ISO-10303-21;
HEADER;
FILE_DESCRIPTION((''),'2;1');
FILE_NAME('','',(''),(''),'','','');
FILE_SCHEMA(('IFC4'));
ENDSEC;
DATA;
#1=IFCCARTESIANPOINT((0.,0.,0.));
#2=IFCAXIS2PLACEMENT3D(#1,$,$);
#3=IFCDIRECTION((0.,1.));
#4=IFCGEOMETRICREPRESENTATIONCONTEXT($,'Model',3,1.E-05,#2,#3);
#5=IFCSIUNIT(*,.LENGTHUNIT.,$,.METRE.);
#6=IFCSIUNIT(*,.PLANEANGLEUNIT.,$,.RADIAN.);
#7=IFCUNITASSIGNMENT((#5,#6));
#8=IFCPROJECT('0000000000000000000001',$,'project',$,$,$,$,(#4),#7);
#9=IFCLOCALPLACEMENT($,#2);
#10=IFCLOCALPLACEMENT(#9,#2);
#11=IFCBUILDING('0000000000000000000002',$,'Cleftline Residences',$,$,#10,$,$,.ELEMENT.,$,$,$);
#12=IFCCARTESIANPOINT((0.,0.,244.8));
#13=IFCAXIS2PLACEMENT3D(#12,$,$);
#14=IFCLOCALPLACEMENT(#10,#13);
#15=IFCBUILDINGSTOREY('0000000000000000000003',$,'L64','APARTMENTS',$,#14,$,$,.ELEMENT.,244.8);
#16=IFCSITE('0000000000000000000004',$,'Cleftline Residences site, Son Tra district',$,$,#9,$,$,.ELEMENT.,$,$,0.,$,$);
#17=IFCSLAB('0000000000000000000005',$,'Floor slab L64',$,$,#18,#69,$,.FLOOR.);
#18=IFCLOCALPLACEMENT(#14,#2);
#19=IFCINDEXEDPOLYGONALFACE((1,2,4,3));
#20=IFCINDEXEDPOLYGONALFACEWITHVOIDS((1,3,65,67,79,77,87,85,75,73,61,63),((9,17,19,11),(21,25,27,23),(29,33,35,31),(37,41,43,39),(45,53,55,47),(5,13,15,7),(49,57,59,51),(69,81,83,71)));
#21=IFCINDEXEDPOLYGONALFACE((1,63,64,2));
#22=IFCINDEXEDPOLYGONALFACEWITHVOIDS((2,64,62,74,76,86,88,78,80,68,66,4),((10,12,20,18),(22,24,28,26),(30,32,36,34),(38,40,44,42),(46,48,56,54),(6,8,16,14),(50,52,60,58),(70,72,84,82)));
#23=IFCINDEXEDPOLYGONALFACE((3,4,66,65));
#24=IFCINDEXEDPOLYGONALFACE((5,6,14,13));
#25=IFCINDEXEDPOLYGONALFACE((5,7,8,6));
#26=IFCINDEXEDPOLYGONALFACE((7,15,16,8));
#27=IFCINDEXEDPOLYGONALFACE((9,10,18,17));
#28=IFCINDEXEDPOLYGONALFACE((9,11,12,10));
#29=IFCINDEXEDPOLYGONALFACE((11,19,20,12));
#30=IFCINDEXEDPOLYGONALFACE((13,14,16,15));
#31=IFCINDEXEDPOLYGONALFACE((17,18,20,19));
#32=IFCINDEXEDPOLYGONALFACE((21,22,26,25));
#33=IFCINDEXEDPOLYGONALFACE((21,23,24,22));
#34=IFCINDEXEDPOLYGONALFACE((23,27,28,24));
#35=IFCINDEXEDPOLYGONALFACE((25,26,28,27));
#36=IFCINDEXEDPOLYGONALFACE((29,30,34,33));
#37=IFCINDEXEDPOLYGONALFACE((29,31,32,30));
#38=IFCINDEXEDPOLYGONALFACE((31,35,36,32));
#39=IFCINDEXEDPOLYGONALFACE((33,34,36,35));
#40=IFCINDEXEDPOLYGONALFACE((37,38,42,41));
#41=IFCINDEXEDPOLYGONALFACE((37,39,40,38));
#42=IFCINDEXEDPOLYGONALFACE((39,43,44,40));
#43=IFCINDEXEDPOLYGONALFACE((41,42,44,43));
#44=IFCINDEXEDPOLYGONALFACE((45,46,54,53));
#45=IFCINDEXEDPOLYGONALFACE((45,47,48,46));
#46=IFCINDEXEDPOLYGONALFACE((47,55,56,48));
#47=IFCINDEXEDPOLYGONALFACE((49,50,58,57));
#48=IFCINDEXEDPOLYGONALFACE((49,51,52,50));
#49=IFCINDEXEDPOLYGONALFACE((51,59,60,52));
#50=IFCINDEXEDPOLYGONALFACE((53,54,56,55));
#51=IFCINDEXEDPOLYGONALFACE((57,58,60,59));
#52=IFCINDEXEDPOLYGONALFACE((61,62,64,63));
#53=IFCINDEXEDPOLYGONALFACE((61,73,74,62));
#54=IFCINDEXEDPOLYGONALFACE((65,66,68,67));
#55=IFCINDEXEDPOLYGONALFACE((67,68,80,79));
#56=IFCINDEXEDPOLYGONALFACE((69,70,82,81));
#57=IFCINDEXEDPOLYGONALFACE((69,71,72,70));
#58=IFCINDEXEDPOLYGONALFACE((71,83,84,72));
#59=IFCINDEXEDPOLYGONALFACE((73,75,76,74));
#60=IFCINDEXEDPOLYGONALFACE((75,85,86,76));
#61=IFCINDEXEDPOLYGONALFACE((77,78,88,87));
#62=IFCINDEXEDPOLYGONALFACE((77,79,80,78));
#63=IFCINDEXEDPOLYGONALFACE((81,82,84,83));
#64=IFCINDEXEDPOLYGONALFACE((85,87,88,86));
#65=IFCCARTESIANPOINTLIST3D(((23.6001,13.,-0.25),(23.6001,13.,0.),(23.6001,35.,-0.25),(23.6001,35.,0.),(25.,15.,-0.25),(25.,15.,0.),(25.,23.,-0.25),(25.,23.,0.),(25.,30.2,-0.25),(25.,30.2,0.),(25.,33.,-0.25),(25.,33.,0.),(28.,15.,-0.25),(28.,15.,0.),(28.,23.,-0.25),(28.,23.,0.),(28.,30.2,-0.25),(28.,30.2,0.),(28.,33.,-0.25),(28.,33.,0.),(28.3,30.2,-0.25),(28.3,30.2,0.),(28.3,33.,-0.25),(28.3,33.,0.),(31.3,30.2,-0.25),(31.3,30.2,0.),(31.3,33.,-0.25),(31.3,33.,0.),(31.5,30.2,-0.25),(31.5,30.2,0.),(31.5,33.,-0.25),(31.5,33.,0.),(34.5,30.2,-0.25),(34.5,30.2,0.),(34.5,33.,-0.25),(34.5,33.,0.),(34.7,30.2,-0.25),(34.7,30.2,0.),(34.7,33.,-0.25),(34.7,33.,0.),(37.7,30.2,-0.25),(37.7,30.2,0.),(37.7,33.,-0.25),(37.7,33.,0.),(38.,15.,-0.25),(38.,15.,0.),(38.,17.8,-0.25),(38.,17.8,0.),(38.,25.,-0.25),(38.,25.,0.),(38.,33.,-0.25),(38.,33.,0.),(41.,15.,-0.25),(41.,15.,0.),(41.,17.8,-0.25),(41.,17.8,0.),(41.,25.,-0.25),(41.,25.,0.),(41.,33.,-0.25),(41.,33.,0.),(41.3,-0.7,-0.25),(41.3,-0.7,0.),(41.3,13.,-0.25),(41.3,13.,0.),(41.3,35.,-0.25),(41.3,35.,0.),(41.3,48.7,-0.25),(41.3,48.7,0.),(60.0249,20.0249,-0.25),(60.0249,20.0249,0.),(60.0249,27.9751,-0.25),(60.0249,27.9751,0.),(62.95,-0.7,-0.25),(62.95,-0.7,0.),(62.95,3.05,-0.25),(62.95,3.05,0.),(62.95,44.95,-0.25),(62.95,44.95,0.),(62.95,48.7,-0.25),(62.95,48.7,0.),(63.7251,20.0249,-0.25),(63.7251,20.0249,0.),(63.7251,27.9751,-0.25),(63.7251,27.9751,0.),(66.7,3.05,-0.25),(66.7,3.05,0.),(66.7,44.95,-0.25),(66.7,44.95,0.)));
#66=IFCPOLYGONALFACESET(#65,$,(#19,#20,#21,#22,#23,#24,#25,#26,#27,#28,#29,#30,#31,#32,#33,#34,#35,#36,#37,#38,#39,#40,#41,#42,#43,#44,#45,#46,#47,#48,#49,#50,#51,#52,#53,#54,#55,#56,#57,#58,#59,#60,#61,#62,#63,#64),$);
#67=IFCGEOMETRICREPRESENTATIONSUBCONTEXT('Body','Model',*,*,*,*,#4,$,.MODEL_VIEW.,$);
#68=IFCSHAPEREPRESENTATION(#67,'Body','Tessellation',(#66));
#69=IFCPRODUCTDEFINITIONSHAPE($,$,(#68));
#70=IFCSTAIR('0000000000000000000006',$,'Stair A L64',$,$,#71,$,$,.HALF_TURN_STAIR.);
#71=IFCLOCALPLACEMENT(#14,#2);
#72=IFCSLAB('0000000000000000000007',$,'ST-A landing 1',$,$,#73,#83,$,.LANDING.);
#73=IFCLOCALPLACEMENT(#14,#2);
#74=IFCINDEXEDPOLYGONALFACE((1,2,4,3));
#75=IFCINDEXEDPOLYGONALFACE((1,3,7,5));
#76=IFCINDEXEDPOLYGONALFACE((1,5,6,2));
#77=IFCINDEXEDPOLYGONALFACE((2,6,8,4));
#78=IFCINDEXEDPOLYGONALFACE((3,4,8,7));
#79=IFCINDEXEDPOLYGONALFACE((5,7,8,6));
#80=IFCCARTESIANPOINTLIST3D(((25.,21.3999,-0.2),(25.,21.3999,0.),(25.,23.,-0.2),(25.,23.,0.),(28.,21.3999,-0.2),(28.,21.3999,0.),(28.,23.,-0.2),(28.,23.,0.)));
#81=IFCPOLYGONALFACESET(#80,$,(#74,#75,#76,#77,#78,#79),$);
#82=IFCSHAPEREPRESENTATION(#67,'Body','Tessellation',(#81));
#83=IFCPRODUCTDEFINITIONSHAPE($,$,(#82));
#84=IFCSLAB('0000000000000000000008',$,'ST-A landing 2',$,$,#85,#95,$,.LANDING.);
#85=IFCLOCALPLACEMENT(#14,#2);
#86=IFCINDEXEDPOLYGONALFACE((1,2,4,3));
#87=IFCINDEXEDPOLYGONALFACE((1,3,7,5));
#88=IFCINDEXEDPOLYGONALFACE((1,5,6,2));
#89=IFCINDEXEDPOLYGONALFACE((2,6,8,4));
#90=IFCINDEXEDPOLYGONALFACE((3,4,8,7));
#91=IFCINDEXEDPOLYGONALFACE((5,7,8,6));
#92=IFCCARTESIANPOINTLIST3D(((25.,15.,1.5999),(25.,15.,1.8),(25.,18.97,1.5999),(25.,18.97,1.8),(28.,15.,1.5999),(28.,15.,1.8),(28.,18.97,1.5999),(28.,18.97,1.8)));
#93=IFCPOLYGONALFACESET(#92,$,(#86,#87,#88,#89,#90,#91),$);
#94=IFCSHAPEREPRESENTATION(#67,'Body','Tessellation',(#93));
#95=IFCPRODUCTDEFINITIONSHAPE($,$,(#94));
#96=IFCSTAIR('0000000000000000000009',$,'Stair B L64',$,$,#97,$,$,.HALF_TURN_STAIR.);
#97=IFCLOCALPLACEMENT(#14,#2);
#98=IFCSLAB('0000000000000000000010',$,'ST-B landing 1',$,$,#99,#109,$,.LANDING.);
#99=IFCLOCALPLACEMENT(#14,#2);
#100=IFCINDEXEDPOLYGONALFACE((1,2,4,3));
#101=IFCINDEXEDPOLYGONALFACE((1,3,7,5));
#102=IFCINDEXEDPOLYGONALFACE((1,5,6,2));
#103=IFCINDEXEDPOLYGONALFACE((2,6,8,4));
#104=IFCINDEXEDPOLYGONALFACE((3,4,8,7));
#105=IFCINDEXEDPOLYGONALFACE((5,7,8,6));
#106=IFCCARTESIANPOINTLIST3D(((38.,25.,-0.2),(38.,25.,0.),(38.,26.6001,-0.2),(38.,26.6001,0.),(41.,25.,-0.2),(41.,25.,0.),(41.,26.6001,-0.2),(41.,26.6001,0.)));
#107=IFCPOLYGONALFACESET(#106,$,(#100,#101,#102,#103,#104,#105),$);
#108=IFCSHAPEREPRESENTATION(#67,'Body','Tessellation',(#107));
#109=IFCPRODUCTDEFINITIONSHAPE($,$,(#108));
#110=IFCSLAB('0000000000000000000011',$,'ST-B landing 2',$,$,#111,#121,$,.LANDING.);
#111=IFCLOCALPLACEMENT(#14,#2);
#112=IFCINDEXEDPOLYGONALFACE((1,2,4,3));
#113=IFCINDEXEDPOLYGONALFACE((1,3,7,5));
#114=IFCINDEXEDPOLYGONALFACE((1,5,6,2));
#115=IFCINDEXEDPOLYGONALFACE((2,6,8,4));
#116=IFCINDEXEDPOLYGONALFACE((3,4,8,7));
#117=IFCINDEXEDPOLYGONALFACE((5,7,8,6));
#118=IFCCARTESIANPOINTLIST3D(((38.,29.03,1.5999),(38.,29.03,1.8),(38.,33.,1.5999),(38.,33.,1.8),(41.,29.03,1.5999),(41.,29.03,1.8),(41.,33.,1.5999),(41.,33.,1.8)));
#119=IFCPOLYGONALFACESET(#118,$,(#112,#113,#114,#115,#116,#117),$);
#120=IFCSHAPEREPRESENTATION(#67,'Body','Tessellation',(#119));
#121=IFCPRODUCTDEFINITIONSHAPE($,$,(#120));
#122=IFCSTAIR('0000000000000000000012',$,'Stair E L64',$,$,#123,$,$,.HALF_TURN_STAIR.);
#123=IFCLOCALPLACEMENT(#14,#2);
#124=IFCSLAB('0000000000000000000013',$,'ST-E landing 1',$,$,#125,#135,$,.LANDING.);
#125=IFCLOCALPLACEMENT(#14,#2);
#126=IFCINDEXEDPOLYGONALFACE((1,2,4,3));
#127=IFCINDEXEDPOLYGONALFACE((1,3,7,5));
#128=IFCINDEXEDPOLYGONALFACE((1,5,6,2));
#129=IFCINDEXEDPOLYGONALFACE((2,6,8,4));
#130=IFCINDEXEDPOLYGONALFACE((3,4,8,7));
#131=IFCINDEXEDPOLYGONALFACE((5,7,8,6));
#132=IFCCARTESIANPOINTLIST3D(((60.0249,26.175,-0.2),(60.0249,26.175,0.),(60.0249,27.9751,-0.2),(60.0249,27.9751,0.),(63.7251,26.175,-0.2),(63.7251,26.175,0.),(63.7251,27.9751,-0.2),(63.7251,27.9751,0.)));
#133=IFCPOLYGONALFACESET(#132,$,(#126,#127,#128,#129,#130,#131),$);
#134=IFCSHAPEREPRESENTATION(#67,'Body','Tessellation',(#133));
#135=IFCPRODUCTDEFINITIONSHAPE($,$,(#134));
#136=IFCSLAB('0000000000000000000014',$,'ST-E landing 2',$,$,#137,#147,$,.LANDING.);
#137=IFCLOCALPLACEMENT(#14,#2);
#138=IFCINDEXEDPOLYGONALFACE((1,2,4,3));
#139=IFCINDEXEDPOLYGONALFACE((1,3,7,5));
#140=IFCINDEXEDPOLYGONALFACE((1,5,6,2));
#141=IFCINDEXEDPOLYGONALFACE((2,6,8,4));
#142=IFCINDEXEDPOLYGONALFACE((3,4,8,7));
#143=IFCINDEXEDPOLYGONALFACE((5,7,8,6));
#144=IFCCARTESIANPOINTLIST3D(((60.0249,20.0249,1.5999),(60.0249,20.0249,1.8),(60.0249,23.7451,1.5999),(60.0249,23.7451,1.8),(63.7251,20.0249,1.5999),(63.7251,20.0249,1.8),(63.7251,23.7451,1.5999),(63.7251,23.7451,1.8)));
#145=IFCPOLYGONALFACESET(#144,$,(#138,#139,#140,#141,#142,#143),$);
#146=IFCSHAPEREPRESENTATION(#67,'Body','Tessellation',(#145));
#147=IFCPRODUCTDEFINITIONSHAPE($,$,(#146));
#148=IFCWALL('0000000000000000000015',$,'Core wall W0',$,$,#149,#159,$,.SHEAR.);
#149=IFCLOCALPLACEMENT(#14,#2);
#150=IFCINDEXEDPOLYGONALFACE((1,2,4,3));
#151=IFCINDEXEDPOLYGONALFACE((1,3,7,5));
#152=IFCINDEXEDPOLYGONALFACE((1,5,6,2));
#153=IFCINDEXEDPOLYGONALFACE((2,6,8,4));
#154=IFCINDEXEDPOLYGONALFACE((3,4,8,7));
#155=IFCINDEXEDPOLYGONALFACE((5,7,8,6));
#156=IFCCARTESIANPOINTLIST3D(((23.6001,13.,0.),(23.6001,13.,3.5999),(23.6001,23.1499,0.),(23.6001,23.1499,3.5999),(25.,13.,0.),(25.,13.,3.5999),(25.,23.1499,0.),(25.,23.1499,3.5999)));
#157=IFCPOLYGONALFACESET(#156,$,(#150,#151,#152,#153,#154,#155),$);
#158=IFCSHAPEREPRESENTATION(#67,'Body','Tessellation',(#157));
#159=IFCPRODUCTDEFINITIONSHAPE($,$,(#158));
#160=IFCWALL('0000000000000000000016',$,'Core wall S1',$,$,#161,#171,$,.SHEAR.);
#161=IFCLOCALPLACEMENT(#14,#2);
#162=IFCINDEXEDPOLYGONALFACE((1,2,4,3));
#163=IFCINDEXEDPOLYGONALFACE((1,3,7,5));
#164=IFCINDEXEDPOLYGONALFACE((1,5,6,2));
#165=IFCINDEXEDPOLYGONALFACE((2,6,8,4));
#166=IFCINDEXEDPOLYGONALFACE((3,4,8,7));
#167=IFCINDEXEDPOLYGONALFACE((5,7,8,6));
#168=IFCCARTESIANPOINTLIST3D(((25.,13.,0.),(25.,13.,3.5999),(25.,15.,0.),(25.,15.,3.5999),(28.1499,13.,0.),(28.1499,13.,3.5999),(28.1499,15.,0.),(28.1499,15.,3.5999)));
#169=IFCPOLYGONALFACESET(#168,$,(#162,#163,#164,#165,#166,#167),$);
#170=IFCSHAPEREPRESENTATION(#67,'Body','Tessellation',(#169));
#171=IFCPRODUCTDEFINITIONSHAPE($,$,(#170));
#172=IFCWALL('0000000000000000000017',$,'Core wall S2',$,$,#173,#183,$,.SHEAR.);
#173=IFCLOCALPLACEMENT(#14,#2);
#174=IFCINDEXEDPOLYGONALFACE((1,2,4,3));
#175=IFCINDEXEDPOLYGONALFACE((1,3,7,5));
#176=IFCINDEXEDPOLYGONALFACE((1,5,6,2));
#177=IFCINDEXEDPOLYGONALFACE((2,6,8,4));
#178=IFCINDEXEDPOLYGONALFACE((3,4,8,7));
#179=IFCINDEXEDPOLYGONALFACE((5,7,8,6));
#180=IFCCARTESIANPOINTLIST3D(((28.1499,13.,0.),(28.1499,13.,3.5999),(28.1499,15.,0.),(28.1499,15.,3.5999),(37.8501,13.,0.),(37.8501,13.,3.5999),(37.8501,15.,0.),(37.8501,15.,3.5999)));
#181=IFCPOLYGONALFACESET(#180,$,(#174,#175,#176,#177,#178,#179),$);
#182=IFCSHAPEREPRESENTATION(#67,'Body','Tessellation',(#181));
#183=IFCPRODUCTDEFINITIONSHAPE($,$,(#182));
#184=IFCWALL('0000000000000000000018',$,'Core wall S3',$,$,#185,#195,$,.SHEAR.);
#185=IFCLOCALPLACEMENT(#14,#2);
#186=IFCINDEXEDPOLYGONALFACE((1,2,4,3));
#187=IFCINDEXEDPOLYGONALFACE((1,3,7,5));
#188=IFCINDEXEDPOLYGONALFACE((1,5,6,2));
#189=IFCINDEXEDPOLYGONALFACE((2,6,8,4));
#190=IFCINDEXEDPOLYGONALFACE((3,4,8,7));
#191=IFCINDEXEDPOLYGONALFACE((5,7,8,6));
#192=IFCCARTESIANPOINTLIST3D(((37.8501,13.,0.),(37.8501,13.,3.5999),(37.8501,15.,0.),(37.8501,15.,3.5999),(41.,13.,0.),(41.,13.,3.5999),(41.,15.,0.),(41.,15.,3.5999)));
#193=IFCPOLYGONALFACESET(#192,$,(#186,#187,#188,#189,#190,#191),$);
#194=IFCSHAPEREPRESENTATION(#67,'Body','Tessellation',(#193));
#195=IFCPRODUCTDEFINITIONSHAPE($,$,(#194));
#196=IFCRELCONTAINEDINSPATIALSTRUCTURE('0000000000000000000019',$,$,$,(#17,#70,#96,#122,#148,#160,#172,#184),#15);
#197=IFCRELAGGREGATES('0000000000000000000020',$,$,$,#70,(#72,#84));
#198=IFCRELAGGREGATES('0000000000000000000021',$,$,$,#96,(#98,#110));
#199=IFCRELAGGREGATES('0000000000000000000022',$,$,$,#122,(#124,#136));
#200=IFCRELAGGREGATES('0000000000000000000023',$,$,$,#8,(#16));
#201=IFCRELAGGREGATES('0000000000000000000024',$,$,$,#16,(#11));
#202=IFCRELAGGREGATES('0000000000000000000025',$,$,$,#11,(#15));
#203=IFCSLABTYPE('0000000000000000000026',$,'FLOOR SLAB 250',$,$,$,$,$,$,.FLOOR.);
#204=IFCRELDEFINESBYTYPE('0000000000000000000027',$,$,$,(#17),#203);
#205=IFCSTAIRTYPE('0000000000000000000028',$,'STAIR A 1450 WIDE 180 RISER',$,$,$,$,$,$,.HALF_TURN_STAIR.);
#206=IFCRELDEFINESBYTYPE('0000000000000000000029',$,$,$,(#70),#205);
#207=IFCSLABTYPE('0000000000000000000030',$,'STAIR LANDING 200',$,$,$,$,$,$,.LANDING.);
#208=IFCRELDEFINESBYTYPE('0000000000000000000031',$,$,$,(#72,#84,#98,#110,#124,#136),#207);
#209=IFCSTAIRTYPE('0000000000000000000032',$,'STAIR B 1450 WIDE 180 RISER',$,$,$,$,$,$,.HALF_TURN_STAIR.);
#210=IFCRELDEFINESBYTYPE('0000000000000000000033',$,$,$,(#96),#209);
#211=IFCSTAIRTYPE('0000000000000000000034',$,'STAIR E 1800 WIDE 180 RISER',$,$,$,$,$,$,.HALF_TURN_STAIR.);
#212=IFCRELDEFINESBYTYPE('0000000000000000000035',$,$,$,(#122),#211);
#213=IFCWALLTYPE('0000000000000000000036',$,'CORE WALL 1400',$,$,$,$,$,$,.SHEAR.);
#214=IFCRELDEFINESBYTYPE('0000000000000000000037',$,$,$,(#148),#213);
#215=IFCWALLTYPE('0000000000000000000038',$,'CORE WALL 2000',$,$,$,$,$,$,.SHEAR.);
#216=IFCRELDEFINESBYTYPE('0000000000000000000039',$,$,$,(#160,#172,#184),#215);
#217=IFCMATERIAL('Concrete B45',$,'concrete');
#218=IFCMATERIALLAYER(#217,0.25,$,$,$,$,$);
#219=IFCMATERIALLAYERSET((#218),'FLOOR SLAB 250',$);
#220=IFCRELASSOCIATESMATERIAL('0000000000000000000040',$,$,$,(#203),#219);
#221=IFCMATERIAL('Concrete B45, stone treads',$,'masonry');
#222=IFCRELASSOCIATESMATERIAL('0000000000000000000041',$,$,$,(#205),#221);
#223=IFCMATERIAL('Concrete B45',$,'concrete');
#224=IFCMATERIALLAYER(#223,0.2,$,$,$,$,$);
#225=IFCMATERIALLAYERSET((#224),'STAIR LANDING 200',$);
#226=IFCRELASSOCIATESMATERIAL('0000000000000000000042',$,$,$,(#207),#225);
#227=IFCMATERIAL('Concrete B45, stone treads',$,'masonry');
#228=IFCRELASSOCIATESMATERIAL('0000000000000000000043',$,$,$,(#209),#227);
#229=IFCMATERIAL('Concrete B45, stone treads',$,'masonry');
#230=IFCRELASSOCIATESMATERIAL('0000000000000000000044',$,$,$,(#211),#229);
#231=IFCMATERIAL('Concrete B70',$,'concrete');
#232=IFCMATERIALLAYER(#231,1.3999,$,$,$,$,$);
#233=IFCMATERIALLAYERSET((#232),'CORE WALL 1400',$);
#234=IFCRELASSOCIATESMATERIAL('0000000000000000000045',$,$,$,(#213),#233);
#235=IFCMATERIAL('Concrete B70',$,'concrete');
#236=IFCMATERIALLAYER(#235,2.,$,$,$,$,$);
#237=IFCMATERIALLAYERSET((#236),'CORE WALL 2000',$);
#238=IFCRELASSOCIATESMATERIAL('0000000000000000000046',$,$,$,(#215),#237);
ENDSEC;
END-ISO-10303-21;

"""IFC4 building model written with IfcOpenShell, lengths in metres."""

from ifc_helpers import new_model, si_unit, direction, frame, frame_2d, origin, place, context, subcontext, project, spatial, polyline, rectangle, outline, extrude, material, layer, layer_set, type_object, element, aggregate, save


model = new_model("IFC4")

# Units and contexts
model_context = context("Model", 3, precision=1e-05, world=origin(), true_north=direction((0.0, 1.0)))
body_context = subcontext(model_context, "Body", "Model", "MODEL_VIEW")
ifc_project = project(units=[si_unit("LENGTHUNIT", "METRE"), si_unit("PLANEANGLEUNIT", "RADIAN")], contexts=[model_context])

# Site, building, storey
site_placement = place(None, origin())
site = spatial("IfcSite", under=ifc_project, at=site_placement, Name="Cleftline Residences site, Son Tra district", CompositionType="ELEMENT", RefElevation=0.0)
building_placement = place(site_placement, origin())
building = spatial("IfcBuilding", under=site, at=building_placement, Name="Cleftline Residences", CompositionType="ELEMENT")
storey_placement = place(building_placement, frame((0.0, 0.0, 244.8)))
storey = spatial("IfcBuildingStorey", under=building, at=storey_placement, Name="L64", Description="APARTMENTS", CompositionType="ELEMENT", Elevation=244.8)

# Slab
ifc_material_1 = material(Name="Concrete B45", Category="concrete")
ifc_layer_1 = layer(ifc_material_1, 0.25)
ifc_layer_set_1 = layer_set([ifc_layer_1], Name="FLOOR SLAB 250")
slab_type_1 = type_object("IfcSlabType", Name="FLOOR SLAB 250", PredefinedType="FLOOR", material=ifc_layer_set_1)
slab_1_placement = place(storey_placement, frame((0.0, 0.0, -0.25)))
element("IfcSlab", 1, at=slab_1_placement, inside=storey, type_object=slab_type_1, Name="Floor slab L64", PredefinedType="FLOOR", context=body_context, shape_type="SweptSolid", body=[
    extrude(outline(polyline([(41.3, 13.0), (41.3, -0.7), (62.95, -0.7), (62.95, 3.05), (66.7, 3.05), (66.7, 44.95), (62.95, 44.95), (62.95, 48.7), (41.3, 48.7), (41.3, 35.0), (23.6001, 35.0), (23.6001, 13.0), (41.3, 13.0)]), holes=[polyline([(28.0, 15.0), (28.0, 23.0), (25.0, 23.0), (25.0, 15.0), (28.0, 15.0)]), polyline([(41.0, 25.0), (41.0, 33.0), (38.0, 33.0), (38.0, 25.0), (41.0, 25.0)]), polyline([(28.0, 30.2), (28.0, 33.0), (25.0, 33.0), (25.0, 30.2), (28.0, 30.2)]), polyline([(41.0, 15.0), (41.0, 17.8), (38.0, 17.8), (38.0, 15.0), (41.0, 15.0)]), polyline([(31.3, 30.2), (31.3, 33.0), (28.3, 33.0), (28.3, 30.2), (31.3, 30.2)]), polyline([(34.5, 30.2), (34.5, 33.0), (31.5, 33.0), (31.5, 30.2), (34.5, 30.2)]), polyline([(37.7, 30.2), (37.7, 33.0), (34.7, 33.0), (34.7, 30.2), (37.7, 30.2)]), polyline([(63.7251, 20.0249), (63.7251, 27.9751), (60.0249, 27.9751), (60.0249, 20.0249), (63.7251, 20.0249)])]), origin(), (0.0, 0.0, 1.0), 0.25),
])

# Stairs, slabs
ifc_material_2 = material(Name="Concrete B45, stone treads", Category="masonry")
stair_type_1 = type_object("IfcStairType", Name="STAIR A 1450 WIDE 180 RISER", PredefinedType="HALF_TURN_STAIR", material=ifc_material_2)
stair_1_placement = place(storey_placement, origin())
stair_1 = element("IfcStair", 2, at=stair_1_placement, inside=storey, type_object=stair_type_1, Name="Stair A L64", PredefinedType="HALF_TURN_STAIR")
ifc_material_3 = material(Name="Concrete B45", Category="concrete")
ifc_layer_2 = layer(ifc_material_3, 0.2)
ifc_layer_set_2 = layer_set([ifc_layer_2], Name="STAIR LANDING 200")
slab_type_2 = type_object("IfcSlabType", Name="STAIR LANDING 200", PredefinedType="LANDING", material=ifc_layer_set_2)
slab_2_placement = place(storey_placement, frame((0.0, 0.0, -0.2)))
slab_2 = element("IfcSlab", 3, at=slab_2_placement, type_object=slab_type_2, Name="ST-A landing 1", PredefinedType="LANDING", context=body_context, shape_type="SweptSolid", body=[
    extrude(outline(polyline([(25.0, 21.3999), (28.0, 21.3999), (28.0, 23.0), (25.0, 23.0), (25.0, 21.3999)])), origin(), (0.0, 0.0, 1.0), 0.2),
])
slab_3_placement = place(storey_placement, frame((0.0, 0.0, 1.5999)))
slab_3 = element("IfcSlab", 4, at=slab_3_placement, type_object=slab_type_2, Name="ST-A landing 2", PredefinedType="LANDING", context=body_context, shape_type="SweptSolid", body=[
    extrude(outline(polyline([(25.0, 15.0), (28.0, 15.0), (28.0, 18.97), (25.0, 18.97), (25.0, 15.0)])), origin(), (0.0, 0.0, 1.0), 0.2002),
])
aggregate(stair_1, [slab_2, slab_3])
ifc_material_4 = material(Name="Concrete B45, stone treads", Category="masonry")
stair_type_2 = type_object("IfcStairType", Name="STAIR B 1450 WIDE 180 RISER", PredefinedType="HALF_TURN_STAIR", material=ifc_material_4)
stair_2_placement = place(storey_placement, origin())
stair_2 = element("IfcStair", 5, at=stair_2_placement, inside=storey, type_object=stair_type_2, Name="Stair B L64", PredefinedType="HALF_TURN_STAIR")
slab_4_placement = place(storey_placement, frame((0.0, 0.0, -0.2)))
slab_4 = element("IfcSlab", 6, at=slab_4_placement, type_object=slab_type_2, Name="ST-B landing 1", PredefinedType="LANDING", context=body_context, shape_type="SweptSolid", body=[
    extrude(outline(polyline([(38.0, 25.0), (41.0, 25.0), (41.0, 26.6001), (38.0, 26.6001), (38.0, 25.0)])), origin(), (0.0, 0.0, 1.0), 0.2),
])
slab_5_placement = place(storey_placement, frame((0.0, 0.0, 1.5999)))
slab_5 = element("IfcSlab", 7, at=slab_5_placement, type_object=slab_type_2, Name="ST-B landing 2", PredefinedType="LANDING", context=body_context, shape_type="SweptSolid", body=[
    extrude(outline(polyline([(38.0, 29.03), (41.0, 29.03), (41.0, 33.0), (38.0, 33.0), (38.0, 29.03)])), origin(), (0.0, 0.0, 1.0), 0.2002),
])
aggregate(stair_2, [slab_4, slab_5])
ifc_material_5 = material(Name="Concrete B45, stone treads", Category="masonry")
stair_type_3 = type_object("IfcStairType", Name="STAIR E 1800 WIDE 180 RISER", PredefinedType="HALF_TURN_STAIR", material=ifc_material_5)
stair_3_placement = place(storey_placement, origin())
stair_3 = element("IfcStair", 8, at=stair_3_placement, inside=storey, type_object=stair_type_3, Name="Stair E L64", PredefinedType="HALF_TURN_STAIR")
slab_6_placement = place(storey_placement, frame((0.0, 0.0, -0.2)))
slab_6 = element("IfcSlab", 9, at=slab_6_placement, type_object=slab_type_2, Name="ST-E landing 1", PredefinedType="LANDING", context=body_context, shape_type="SweptSolid", body=[
    extrude(outline(polyline([(60.0249, 26.175), (63.7251, 26.175), (63.7251, 27.9751), (60.0249, 27.9751), (60.0249, 26.175)])), origin(), (0.0, 0.0, 1.0), 0.2),
])
slab_7_placement = place(storey_placement, frame((0.0, 0.0, 1.5999)))
slab_7 = element("IfcSlab", 10, at=slab_7_placement, type_object=slab_type_2, Name="ST-E landing 2", PredefinedType="LANDING", context=body_context, shape_type="SweptSolid", body=[
    extrude(outline(polyline([(60.0249, 20.0249), (63.7251, 20.0249), (63.7251, 23.7451), (60.0249, 23.7451), (60.0249, 20.0249)])), origin(), (0.0, 0.0, 1.0), 0.2002),
])
aggregate(stair_3, [slab_6, slab_7])

# Walls
ifc_material_6 = material(Name="Concrete B70", Category="concrete")
ifc_layer_3 = layer(ifc_material_6, 1.3999)
ifc_layer_set_3 = layer_set([ifc_layer_3], Name="CORE WALL 1400")
wall_type_1 = type_object("IfcWallType", Name="CORE WALL 1400", PredefinedType="SHEAR", material=ifc_layer_set_3)
wall_1_placement = place(storey_placement, frame((24.3, 13.0, 0.0), z_axis=(0.0, 0.0, 1.0), x_axis=(0.0, 1.0, 0.0)))
element("IfcWall", 11, at=wall_1_placement, inside=storey, type_object=wall_type_1, Name="Core wall W0", PredefinedType="SHEAR", context=body_context, shape_type="SweptSolid", body=[
    extrude(rectangle(XDim=10.1499, YDim=1.3999, at=frame_2d((5.075, 0.0))), origin(), (0.0, 0.0, 1.0), 3.5999),
])
ifc_material_7 = material(Name="Concrete B70", Category="concrete")
ifc_layer_4 = layer(ifc_material_7, 2.0)
ifc_layer_set_4 = layer_set([ifc_layer_4], Name="CORE WALL 2000")
wall_type_2 = type_object("IfcWallType", Name="CORE WALL 2000", PredefinedType="SHEAR", material=ifc_layer_set_4)
wall_2_placement = place(storey_placement, frame((25.0, 14.0, 0.0), z_axis=(0.0, 0.0, 1.0), x_axis=(1.0, 0.0, 0.0)))
element("IfcWall", 12, at=wall_2_placement, inside=storey, type_object=wall_type_2, Name="Core wall S1", PredefinedType="SHEAR", context=body_context, shape_type="SweptSolid", body=[
    extrude(rectangle(XDim=3.1499, YDim=2.0, at=frame_2d((1.575, 0.0))), origin(), (0.0, 0.0, 1.0), 3.5999),
])
wall_3_placement = place(storey_placement, frame((28.1499, 14.0, 0.0), z_axis=(0.0, 0.0, 1.0), x_axis=(1.0, 0.0, 0.0)))
element("IfcWall", 13, at=wall_3_placement, inside=storey, type_object=wall_type_2, Name="Core wall S2", PredefinedType="SHEAR", context=body_context, shape_type="SweptSolid", body=[
    extrude(rectangle(XDim=9.7002, YDim=2.0, at=frame_2d((4.8501, 0.0))), origin(), (0.0, 0.0, 1.0), 3.5999),
])
wall_4_placement = place(storey_placement, frame((37.8501, 14.0, 0.0), z_axis=(0.0, 0.0, 1.0), x_axis=(1.0, 0.0, 0.0)))
element("IfcWall", 14, at=wall_4_placement, inside=storey, type_object=wall_type_2, Name="Core wall S3", PredefinedType="SHEAR", context=body_context, shape_type="SweptSolid", body=[
    extrude(rectangle(XDim=3.1499, YDim=2.0, at=frame_2d((1.575, 0.0))), origin(), (0.0, 0.0, 1.0), 3.5999),
])

save(model, "model.ifc")
